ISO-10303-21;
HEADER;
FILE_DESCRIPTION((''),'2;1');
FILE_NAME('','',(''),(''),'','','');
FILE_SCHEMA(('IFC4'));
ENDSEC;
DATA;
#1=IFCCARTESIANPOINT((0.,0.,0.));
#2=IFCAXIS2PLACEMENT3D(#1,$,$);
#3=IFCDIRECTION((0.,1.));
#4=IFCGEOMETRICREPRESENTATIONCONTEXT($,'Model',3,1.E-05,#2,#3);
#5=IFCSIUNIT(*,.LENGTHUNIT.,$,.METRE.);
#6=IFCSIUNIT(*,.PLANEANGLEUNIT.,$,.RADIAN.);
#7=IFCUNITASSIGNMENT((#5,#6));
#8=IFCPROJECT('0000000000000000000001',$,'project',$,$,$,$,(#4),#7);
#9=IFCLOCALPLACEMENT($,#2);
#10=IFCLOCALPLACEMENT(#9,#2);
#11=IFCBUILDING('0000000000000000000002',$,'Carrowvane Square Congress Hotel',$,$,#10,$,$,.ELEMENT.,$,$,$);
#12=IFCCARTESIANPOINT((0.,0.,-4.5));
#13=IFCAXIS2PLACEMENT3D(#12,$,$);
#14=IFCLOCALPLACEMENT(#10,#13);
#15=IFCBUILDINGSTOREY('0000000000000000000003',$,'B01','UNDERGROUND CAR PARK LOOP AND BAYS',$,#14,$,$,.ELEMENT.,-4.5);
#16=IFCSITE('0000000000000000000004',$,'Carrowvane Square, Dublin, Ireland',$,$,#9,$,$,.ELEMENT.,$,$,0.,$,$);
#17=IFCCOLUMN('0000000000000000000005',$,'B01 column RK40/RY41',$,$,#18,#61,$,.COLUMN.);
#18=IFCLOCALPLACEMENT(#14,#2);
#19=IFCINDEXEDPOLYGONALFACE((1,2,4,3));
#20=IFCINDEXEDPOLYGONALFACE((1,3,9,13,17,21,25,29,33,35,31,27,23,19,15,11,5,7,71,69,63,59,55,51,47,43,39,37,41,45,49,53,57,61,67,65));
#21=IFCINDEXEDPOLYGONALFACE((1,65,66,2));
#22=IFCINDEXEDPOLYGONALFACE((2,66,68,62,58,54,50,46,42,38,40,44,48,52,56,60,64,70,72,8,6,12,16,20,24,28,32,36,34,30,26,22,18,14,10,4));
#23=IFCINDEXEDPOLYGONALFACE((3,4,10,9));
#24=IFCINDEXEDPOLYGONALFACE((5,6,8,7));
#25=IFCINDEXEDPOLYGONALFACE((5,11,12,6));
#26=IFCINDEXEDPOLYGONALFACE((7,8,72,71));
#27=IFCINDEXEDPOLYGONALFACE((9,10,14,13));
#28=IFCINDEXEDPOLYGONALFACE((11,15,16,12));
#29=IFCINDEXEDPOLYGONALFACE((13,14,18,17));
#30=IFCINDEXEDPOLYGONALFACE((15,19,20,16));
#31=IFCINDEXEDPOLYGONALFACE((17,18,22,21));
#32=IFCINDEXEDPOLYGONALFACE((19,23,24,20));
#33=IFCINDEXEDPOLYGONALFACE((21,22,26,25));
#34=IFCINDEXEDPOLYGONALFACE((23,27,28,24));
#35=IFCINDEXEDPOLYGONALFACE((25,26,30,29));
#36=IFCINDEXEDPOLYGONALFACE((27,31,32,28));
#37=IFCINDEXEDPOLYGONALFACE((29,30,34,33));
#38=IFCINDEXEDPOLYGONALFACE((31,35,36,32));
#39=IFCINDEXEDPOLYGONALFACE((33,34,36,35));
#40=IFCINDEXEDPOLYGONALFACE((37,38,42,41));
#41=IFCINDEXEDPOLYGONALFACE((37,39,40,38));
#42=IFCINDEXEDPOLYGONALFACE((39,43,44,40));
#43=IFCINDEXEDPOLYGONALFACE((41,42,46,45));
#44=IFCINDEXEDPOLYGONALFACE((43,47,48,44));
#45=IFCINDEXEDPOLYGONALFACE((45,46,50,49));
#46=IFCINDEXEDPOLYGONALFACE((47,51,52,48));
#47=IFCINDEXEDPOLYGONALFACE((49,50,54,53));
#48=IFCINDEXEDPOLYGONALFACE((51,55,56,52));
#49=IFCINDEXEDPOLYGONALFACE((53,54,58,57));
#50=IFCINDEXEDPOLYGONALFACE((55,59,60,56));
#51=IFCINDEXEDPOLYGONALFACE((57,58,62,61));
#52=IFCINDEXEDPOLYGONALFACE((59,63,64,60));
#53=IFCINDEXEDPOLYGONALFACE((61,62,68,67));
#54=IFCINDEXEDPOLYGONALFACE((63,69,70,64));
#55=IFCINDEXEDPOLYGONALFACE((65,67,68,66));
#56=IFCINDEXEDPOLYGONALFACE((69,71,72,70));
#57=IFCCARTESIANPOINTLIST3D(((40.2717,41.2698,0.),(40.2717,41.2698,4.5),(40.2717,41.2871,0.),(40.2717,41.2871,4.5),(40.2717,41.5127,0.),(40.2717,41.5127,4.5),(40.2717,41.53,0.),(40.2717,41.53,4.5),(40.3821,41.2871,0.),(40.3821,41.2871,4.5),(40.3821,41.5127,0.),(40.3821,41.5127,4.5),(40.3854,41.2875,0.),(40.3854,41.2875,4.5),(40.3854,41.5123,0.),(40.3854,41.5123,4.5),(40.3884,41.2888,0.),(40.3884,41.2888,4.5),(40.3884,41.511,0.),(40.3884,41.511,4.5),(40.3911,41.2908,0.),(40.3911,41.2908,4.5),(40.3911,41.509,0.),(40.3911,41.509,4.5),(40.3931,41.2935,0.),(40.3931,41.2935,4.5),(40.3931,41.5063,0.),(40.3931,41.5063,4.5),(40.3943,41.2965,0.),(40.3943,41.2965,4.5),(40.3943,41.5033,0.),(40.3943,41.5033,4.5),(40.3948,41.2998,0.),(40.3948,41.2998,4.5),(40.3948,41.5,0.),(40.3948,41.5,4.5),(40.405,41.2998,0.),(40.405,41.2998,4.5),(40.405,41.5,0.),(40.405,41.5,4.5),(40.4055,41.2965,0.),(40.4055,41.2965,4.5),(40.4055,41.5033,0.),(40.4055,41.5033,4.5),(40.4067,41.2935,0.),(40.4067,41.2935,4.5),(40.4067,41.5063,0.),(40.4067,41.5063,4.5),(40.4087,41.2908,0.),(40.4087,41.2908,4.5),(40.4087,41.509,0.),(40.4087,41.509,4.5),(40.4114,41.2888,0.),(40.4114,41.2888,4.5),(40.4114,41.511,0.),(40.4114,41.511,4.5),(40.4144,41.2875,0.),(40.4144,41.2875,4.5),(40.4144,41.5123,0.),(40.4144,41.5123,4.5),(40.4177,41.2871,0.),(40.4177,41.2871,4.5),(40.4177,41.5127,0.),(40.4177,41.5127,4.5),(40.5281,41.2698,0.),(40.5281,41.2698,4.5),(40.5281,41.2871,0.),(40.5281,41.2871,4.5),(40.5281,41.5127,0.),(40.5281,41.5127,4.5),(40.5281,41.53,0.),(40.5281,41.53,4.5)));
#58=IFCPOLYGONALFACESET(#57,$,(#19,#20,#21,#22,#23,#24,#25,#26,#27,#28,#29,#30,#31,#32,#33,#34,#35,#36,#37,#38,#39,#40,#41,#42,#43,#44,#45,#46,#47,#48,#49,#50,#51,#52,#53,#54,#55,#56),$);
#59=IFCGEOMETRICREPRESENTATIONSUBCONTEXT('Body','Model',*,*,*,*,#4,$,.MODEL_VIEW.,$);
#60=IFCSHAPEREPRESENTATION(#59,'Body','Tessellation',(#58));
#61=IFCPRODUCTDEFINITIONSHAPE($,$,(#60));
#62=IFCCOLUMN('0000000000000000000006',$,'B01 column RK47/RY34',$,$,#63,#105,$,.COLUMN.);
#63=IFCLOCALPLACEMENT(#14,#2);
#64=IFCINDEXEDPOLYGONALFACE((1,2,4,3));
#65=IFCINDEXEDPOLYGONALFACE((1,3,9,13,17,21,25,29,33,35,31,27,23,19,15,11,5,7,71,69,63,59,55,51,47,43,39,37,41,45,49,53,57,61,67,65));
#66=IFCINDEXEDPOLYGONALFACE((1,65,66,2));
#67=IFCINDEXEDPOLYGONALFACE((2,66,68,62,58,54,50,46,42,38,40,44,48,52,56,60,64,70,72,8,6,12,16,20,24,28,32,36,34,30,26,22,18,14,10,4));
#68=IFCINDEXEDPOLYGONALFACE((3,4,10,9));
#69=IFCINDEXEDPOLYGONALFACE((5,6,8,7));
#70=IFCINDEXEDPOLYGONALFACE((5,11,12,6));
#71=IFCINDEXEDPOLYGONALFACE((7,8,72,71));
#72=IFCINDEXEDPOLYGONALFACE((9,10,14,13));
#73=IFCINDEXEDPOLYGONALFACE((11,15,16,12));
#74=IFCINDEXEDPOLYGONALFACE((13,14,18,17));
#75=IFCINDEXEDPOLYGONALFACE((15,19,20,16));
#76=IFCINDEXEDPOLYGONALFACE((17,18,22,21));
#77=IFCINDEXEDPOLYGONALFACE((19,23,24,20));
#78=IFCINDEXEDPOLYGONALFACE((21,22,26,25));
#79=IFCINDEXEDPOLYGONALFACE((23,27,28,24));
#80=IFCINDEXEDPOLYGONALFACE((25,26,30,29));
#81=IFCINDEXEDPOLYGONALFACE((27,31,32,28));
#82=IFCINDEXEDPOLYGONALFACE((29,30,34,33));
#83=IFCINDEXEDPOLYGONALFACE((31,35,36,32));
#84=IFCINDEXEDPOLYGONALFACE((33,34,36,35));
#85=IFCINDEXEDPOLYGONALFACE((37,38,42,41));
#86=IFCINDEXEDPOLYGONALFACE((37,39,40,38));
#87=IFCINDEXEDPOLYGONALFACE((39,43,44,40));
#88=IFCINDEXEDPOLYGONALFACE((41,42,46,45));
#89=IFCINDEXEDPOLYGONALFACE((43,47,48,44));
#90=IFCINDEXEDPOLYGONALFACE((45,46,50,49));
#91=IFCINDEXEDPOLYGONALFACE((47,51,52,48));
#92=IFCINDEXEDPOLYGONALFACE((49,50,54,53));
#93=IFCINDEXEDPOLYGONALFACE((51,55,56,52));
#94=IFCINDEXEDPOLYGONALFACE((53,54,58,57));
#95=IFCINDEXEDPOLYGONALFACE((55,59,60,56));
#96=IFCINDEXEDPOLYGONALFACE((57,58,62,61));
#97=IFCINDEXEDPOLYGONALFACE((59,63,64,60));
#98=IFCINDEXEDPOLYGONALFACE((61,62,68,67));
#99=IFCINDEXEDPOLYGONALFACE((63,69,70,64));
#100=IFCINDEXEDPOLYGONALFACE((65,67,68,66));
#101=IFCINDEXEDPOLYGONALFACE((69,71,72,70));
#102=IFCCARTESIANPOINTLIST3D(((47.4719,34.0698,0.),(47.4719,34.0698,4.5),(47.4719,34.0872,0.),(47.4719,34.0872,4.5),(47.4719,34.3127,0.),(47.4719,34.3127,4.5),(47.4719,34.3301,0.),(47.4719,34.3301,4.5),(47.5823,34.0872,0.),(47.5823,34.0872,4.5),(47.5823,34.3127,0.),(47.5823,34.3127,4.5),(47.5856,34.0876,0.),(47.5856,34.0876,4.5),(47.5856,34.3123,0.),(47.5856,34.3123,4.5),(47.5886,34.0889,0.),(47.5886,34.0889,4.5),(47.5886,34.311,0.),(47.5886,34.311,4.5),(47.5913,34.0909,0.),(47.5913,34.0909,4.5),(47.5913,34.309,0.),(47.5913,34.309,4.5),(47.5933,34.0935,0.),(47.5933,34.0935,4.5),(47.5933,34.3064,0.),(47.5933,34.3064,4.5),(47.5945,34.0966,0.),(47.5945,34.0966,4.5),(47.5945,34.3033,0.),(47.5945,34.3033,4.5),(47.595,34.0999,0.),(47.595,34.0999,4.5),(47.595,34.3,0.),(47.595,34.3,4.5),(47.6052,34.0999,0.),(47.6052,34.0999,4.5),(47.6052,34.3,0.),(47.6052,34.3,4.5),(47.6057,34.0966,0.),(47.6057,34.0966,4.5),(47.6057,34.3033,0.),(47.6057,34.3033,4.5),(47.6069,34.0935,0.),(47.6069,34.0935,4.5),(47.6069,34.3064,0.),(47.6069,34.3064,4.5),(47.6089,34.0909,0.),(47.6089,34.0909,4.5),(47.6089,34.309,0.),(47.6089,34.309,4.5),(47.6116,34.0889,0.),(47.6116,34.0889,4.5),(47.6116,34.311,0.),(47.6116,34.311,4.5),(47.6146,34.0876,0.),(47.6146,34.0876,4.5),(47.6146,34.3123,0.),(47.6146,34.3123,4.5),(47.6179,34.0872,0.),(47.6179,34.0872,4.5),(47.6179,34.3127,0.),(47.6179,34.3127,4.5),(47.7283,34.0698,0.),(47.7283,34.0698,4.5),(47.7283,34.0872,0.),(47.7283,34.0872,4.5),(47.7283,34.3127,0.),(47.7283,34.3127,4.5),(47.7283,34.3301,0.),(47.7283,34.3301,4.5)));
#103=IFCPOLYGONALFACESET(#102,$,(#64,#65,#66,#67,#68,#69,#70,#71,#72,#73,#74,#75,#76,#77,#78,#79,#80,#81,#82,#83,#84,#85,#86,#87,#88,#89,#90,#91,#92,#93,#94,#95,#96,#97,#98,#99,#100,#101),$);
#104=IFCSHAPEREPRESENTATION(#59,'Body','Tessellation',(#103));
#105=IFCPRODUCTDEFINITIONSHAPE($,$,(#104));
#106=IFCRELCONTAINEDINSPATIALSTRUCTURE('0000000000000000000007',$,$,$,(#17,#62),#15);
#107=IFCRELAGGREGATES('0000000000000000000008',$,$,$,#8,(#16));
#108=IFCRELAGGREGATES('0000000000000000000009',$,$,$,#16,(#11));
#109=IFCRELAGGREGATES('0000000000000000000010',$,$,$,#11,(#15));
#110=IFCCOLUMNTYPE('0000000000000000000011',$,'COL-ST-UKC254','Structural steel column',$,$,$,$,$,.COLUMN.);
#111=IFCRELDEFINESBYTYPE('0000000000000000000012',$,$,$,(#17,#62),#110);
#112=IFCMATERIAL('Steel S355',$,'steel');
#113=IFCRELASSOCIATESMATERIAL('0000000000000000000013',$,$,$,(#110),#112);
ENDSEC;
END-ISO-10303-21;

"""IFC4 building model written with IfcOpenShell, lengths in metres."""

from ifc_helpers import new_model, si_unit, direction, frame, origin, origin_2d, place, context, subcontext, project, spatial, i_section, extrude, material, material_profile, profile_set, type_object, element, save


model = new_model("IFC4")

# Units and contexts
model_context = context("Model", 3, precision=1e-05, world=origin(), true_north=direction((0.0, 1.0)))
body_context = subcontext(model_context, "Body", "Model", "MODEL_VIEW")
ifc_project = project(units=[si_unit("LENGTHUNIT", "METRE"), si_unit("PLANEANGLEUNIT", "RADIAN")], contexts=[model_context])

# Site, building, storey
site_placement = place(None, origin())
site = spatial("IfcSite", under=ifc_project, at=site_placement, Name="Carrowvane Square, Dublin, Ireland", CompositionType="ELEMENT", RefElevation=0.0)
building_placement = place(site_placement, origin())
building = spatial("IfcBuilding", under=site, at=building_placement, Name="Carrowvane Square Congress Hotel", CompositionType="ELEMENT")
storey_placement = place(building_placement, frame((0.0, 0.0, -4.5)))
storey = spatial("IfcBuildingStorey", under=building, at=storey_placement, Name="B01", Description="UNDERGROUND CAR PARK LOOP AND BAYS", CompositionType="ELEMENT", Elevation=-4.5)

# Columns
ifc_material_1 = material(Name="Steel S355", Category="steel")
ifc_material_profile_1 = material_profile(ifc_material_1, i_section(OverallWidth=0.2563, OverallDepth=0.2603, WebThickness=0.0103, FlangeThickness=0.0173, FilletRadius=0.0127, at=origin_2d()), Name="UKC 254x254x89")
ifc_profile_set_1 = profile_set([ifc_material_profile_1], Name="Steel S355")
column_type = type_object("IfcColumnType", Name="COL-ST-UKC254", Description="Structural steel column", PredefinedType="COLUMN", material=ifc_profile_set_1)
for number, where, z_axis, x_axis, name in (
    (1, (40.3999, 41.3999, 0.0), (0.0, 0.0, 1.0), (1.0, 0.0, 0.0), "B01 column RK40/RY41"),
    (2, (47.6001, 34.2, 0.0), (0.0, 0.0, 1.0), (1.0, 0.0, 0.0), "B01 column RK47/RY34"),
):
    element("IfcColumn", number, at=place(storey_placement, frame(where, z_axis=z_axis, x_axis=x_axis)), inside=storey, type_object=column_type, Name=name, PredefinedType="COLUMN", context=body_context, shape_type="SweptSolid", body=[
        extrude(i_section(OverallWidth=0.2563, OverallDepth=0.2603, WebThickness=0.0103, FlangeThickness=0.0173, FilletRadius=0.0127, at=origin_2d()), origin(), (0.0, 0.0, 1.0), 4.5),
    ])

save(model, "model.ifc")
